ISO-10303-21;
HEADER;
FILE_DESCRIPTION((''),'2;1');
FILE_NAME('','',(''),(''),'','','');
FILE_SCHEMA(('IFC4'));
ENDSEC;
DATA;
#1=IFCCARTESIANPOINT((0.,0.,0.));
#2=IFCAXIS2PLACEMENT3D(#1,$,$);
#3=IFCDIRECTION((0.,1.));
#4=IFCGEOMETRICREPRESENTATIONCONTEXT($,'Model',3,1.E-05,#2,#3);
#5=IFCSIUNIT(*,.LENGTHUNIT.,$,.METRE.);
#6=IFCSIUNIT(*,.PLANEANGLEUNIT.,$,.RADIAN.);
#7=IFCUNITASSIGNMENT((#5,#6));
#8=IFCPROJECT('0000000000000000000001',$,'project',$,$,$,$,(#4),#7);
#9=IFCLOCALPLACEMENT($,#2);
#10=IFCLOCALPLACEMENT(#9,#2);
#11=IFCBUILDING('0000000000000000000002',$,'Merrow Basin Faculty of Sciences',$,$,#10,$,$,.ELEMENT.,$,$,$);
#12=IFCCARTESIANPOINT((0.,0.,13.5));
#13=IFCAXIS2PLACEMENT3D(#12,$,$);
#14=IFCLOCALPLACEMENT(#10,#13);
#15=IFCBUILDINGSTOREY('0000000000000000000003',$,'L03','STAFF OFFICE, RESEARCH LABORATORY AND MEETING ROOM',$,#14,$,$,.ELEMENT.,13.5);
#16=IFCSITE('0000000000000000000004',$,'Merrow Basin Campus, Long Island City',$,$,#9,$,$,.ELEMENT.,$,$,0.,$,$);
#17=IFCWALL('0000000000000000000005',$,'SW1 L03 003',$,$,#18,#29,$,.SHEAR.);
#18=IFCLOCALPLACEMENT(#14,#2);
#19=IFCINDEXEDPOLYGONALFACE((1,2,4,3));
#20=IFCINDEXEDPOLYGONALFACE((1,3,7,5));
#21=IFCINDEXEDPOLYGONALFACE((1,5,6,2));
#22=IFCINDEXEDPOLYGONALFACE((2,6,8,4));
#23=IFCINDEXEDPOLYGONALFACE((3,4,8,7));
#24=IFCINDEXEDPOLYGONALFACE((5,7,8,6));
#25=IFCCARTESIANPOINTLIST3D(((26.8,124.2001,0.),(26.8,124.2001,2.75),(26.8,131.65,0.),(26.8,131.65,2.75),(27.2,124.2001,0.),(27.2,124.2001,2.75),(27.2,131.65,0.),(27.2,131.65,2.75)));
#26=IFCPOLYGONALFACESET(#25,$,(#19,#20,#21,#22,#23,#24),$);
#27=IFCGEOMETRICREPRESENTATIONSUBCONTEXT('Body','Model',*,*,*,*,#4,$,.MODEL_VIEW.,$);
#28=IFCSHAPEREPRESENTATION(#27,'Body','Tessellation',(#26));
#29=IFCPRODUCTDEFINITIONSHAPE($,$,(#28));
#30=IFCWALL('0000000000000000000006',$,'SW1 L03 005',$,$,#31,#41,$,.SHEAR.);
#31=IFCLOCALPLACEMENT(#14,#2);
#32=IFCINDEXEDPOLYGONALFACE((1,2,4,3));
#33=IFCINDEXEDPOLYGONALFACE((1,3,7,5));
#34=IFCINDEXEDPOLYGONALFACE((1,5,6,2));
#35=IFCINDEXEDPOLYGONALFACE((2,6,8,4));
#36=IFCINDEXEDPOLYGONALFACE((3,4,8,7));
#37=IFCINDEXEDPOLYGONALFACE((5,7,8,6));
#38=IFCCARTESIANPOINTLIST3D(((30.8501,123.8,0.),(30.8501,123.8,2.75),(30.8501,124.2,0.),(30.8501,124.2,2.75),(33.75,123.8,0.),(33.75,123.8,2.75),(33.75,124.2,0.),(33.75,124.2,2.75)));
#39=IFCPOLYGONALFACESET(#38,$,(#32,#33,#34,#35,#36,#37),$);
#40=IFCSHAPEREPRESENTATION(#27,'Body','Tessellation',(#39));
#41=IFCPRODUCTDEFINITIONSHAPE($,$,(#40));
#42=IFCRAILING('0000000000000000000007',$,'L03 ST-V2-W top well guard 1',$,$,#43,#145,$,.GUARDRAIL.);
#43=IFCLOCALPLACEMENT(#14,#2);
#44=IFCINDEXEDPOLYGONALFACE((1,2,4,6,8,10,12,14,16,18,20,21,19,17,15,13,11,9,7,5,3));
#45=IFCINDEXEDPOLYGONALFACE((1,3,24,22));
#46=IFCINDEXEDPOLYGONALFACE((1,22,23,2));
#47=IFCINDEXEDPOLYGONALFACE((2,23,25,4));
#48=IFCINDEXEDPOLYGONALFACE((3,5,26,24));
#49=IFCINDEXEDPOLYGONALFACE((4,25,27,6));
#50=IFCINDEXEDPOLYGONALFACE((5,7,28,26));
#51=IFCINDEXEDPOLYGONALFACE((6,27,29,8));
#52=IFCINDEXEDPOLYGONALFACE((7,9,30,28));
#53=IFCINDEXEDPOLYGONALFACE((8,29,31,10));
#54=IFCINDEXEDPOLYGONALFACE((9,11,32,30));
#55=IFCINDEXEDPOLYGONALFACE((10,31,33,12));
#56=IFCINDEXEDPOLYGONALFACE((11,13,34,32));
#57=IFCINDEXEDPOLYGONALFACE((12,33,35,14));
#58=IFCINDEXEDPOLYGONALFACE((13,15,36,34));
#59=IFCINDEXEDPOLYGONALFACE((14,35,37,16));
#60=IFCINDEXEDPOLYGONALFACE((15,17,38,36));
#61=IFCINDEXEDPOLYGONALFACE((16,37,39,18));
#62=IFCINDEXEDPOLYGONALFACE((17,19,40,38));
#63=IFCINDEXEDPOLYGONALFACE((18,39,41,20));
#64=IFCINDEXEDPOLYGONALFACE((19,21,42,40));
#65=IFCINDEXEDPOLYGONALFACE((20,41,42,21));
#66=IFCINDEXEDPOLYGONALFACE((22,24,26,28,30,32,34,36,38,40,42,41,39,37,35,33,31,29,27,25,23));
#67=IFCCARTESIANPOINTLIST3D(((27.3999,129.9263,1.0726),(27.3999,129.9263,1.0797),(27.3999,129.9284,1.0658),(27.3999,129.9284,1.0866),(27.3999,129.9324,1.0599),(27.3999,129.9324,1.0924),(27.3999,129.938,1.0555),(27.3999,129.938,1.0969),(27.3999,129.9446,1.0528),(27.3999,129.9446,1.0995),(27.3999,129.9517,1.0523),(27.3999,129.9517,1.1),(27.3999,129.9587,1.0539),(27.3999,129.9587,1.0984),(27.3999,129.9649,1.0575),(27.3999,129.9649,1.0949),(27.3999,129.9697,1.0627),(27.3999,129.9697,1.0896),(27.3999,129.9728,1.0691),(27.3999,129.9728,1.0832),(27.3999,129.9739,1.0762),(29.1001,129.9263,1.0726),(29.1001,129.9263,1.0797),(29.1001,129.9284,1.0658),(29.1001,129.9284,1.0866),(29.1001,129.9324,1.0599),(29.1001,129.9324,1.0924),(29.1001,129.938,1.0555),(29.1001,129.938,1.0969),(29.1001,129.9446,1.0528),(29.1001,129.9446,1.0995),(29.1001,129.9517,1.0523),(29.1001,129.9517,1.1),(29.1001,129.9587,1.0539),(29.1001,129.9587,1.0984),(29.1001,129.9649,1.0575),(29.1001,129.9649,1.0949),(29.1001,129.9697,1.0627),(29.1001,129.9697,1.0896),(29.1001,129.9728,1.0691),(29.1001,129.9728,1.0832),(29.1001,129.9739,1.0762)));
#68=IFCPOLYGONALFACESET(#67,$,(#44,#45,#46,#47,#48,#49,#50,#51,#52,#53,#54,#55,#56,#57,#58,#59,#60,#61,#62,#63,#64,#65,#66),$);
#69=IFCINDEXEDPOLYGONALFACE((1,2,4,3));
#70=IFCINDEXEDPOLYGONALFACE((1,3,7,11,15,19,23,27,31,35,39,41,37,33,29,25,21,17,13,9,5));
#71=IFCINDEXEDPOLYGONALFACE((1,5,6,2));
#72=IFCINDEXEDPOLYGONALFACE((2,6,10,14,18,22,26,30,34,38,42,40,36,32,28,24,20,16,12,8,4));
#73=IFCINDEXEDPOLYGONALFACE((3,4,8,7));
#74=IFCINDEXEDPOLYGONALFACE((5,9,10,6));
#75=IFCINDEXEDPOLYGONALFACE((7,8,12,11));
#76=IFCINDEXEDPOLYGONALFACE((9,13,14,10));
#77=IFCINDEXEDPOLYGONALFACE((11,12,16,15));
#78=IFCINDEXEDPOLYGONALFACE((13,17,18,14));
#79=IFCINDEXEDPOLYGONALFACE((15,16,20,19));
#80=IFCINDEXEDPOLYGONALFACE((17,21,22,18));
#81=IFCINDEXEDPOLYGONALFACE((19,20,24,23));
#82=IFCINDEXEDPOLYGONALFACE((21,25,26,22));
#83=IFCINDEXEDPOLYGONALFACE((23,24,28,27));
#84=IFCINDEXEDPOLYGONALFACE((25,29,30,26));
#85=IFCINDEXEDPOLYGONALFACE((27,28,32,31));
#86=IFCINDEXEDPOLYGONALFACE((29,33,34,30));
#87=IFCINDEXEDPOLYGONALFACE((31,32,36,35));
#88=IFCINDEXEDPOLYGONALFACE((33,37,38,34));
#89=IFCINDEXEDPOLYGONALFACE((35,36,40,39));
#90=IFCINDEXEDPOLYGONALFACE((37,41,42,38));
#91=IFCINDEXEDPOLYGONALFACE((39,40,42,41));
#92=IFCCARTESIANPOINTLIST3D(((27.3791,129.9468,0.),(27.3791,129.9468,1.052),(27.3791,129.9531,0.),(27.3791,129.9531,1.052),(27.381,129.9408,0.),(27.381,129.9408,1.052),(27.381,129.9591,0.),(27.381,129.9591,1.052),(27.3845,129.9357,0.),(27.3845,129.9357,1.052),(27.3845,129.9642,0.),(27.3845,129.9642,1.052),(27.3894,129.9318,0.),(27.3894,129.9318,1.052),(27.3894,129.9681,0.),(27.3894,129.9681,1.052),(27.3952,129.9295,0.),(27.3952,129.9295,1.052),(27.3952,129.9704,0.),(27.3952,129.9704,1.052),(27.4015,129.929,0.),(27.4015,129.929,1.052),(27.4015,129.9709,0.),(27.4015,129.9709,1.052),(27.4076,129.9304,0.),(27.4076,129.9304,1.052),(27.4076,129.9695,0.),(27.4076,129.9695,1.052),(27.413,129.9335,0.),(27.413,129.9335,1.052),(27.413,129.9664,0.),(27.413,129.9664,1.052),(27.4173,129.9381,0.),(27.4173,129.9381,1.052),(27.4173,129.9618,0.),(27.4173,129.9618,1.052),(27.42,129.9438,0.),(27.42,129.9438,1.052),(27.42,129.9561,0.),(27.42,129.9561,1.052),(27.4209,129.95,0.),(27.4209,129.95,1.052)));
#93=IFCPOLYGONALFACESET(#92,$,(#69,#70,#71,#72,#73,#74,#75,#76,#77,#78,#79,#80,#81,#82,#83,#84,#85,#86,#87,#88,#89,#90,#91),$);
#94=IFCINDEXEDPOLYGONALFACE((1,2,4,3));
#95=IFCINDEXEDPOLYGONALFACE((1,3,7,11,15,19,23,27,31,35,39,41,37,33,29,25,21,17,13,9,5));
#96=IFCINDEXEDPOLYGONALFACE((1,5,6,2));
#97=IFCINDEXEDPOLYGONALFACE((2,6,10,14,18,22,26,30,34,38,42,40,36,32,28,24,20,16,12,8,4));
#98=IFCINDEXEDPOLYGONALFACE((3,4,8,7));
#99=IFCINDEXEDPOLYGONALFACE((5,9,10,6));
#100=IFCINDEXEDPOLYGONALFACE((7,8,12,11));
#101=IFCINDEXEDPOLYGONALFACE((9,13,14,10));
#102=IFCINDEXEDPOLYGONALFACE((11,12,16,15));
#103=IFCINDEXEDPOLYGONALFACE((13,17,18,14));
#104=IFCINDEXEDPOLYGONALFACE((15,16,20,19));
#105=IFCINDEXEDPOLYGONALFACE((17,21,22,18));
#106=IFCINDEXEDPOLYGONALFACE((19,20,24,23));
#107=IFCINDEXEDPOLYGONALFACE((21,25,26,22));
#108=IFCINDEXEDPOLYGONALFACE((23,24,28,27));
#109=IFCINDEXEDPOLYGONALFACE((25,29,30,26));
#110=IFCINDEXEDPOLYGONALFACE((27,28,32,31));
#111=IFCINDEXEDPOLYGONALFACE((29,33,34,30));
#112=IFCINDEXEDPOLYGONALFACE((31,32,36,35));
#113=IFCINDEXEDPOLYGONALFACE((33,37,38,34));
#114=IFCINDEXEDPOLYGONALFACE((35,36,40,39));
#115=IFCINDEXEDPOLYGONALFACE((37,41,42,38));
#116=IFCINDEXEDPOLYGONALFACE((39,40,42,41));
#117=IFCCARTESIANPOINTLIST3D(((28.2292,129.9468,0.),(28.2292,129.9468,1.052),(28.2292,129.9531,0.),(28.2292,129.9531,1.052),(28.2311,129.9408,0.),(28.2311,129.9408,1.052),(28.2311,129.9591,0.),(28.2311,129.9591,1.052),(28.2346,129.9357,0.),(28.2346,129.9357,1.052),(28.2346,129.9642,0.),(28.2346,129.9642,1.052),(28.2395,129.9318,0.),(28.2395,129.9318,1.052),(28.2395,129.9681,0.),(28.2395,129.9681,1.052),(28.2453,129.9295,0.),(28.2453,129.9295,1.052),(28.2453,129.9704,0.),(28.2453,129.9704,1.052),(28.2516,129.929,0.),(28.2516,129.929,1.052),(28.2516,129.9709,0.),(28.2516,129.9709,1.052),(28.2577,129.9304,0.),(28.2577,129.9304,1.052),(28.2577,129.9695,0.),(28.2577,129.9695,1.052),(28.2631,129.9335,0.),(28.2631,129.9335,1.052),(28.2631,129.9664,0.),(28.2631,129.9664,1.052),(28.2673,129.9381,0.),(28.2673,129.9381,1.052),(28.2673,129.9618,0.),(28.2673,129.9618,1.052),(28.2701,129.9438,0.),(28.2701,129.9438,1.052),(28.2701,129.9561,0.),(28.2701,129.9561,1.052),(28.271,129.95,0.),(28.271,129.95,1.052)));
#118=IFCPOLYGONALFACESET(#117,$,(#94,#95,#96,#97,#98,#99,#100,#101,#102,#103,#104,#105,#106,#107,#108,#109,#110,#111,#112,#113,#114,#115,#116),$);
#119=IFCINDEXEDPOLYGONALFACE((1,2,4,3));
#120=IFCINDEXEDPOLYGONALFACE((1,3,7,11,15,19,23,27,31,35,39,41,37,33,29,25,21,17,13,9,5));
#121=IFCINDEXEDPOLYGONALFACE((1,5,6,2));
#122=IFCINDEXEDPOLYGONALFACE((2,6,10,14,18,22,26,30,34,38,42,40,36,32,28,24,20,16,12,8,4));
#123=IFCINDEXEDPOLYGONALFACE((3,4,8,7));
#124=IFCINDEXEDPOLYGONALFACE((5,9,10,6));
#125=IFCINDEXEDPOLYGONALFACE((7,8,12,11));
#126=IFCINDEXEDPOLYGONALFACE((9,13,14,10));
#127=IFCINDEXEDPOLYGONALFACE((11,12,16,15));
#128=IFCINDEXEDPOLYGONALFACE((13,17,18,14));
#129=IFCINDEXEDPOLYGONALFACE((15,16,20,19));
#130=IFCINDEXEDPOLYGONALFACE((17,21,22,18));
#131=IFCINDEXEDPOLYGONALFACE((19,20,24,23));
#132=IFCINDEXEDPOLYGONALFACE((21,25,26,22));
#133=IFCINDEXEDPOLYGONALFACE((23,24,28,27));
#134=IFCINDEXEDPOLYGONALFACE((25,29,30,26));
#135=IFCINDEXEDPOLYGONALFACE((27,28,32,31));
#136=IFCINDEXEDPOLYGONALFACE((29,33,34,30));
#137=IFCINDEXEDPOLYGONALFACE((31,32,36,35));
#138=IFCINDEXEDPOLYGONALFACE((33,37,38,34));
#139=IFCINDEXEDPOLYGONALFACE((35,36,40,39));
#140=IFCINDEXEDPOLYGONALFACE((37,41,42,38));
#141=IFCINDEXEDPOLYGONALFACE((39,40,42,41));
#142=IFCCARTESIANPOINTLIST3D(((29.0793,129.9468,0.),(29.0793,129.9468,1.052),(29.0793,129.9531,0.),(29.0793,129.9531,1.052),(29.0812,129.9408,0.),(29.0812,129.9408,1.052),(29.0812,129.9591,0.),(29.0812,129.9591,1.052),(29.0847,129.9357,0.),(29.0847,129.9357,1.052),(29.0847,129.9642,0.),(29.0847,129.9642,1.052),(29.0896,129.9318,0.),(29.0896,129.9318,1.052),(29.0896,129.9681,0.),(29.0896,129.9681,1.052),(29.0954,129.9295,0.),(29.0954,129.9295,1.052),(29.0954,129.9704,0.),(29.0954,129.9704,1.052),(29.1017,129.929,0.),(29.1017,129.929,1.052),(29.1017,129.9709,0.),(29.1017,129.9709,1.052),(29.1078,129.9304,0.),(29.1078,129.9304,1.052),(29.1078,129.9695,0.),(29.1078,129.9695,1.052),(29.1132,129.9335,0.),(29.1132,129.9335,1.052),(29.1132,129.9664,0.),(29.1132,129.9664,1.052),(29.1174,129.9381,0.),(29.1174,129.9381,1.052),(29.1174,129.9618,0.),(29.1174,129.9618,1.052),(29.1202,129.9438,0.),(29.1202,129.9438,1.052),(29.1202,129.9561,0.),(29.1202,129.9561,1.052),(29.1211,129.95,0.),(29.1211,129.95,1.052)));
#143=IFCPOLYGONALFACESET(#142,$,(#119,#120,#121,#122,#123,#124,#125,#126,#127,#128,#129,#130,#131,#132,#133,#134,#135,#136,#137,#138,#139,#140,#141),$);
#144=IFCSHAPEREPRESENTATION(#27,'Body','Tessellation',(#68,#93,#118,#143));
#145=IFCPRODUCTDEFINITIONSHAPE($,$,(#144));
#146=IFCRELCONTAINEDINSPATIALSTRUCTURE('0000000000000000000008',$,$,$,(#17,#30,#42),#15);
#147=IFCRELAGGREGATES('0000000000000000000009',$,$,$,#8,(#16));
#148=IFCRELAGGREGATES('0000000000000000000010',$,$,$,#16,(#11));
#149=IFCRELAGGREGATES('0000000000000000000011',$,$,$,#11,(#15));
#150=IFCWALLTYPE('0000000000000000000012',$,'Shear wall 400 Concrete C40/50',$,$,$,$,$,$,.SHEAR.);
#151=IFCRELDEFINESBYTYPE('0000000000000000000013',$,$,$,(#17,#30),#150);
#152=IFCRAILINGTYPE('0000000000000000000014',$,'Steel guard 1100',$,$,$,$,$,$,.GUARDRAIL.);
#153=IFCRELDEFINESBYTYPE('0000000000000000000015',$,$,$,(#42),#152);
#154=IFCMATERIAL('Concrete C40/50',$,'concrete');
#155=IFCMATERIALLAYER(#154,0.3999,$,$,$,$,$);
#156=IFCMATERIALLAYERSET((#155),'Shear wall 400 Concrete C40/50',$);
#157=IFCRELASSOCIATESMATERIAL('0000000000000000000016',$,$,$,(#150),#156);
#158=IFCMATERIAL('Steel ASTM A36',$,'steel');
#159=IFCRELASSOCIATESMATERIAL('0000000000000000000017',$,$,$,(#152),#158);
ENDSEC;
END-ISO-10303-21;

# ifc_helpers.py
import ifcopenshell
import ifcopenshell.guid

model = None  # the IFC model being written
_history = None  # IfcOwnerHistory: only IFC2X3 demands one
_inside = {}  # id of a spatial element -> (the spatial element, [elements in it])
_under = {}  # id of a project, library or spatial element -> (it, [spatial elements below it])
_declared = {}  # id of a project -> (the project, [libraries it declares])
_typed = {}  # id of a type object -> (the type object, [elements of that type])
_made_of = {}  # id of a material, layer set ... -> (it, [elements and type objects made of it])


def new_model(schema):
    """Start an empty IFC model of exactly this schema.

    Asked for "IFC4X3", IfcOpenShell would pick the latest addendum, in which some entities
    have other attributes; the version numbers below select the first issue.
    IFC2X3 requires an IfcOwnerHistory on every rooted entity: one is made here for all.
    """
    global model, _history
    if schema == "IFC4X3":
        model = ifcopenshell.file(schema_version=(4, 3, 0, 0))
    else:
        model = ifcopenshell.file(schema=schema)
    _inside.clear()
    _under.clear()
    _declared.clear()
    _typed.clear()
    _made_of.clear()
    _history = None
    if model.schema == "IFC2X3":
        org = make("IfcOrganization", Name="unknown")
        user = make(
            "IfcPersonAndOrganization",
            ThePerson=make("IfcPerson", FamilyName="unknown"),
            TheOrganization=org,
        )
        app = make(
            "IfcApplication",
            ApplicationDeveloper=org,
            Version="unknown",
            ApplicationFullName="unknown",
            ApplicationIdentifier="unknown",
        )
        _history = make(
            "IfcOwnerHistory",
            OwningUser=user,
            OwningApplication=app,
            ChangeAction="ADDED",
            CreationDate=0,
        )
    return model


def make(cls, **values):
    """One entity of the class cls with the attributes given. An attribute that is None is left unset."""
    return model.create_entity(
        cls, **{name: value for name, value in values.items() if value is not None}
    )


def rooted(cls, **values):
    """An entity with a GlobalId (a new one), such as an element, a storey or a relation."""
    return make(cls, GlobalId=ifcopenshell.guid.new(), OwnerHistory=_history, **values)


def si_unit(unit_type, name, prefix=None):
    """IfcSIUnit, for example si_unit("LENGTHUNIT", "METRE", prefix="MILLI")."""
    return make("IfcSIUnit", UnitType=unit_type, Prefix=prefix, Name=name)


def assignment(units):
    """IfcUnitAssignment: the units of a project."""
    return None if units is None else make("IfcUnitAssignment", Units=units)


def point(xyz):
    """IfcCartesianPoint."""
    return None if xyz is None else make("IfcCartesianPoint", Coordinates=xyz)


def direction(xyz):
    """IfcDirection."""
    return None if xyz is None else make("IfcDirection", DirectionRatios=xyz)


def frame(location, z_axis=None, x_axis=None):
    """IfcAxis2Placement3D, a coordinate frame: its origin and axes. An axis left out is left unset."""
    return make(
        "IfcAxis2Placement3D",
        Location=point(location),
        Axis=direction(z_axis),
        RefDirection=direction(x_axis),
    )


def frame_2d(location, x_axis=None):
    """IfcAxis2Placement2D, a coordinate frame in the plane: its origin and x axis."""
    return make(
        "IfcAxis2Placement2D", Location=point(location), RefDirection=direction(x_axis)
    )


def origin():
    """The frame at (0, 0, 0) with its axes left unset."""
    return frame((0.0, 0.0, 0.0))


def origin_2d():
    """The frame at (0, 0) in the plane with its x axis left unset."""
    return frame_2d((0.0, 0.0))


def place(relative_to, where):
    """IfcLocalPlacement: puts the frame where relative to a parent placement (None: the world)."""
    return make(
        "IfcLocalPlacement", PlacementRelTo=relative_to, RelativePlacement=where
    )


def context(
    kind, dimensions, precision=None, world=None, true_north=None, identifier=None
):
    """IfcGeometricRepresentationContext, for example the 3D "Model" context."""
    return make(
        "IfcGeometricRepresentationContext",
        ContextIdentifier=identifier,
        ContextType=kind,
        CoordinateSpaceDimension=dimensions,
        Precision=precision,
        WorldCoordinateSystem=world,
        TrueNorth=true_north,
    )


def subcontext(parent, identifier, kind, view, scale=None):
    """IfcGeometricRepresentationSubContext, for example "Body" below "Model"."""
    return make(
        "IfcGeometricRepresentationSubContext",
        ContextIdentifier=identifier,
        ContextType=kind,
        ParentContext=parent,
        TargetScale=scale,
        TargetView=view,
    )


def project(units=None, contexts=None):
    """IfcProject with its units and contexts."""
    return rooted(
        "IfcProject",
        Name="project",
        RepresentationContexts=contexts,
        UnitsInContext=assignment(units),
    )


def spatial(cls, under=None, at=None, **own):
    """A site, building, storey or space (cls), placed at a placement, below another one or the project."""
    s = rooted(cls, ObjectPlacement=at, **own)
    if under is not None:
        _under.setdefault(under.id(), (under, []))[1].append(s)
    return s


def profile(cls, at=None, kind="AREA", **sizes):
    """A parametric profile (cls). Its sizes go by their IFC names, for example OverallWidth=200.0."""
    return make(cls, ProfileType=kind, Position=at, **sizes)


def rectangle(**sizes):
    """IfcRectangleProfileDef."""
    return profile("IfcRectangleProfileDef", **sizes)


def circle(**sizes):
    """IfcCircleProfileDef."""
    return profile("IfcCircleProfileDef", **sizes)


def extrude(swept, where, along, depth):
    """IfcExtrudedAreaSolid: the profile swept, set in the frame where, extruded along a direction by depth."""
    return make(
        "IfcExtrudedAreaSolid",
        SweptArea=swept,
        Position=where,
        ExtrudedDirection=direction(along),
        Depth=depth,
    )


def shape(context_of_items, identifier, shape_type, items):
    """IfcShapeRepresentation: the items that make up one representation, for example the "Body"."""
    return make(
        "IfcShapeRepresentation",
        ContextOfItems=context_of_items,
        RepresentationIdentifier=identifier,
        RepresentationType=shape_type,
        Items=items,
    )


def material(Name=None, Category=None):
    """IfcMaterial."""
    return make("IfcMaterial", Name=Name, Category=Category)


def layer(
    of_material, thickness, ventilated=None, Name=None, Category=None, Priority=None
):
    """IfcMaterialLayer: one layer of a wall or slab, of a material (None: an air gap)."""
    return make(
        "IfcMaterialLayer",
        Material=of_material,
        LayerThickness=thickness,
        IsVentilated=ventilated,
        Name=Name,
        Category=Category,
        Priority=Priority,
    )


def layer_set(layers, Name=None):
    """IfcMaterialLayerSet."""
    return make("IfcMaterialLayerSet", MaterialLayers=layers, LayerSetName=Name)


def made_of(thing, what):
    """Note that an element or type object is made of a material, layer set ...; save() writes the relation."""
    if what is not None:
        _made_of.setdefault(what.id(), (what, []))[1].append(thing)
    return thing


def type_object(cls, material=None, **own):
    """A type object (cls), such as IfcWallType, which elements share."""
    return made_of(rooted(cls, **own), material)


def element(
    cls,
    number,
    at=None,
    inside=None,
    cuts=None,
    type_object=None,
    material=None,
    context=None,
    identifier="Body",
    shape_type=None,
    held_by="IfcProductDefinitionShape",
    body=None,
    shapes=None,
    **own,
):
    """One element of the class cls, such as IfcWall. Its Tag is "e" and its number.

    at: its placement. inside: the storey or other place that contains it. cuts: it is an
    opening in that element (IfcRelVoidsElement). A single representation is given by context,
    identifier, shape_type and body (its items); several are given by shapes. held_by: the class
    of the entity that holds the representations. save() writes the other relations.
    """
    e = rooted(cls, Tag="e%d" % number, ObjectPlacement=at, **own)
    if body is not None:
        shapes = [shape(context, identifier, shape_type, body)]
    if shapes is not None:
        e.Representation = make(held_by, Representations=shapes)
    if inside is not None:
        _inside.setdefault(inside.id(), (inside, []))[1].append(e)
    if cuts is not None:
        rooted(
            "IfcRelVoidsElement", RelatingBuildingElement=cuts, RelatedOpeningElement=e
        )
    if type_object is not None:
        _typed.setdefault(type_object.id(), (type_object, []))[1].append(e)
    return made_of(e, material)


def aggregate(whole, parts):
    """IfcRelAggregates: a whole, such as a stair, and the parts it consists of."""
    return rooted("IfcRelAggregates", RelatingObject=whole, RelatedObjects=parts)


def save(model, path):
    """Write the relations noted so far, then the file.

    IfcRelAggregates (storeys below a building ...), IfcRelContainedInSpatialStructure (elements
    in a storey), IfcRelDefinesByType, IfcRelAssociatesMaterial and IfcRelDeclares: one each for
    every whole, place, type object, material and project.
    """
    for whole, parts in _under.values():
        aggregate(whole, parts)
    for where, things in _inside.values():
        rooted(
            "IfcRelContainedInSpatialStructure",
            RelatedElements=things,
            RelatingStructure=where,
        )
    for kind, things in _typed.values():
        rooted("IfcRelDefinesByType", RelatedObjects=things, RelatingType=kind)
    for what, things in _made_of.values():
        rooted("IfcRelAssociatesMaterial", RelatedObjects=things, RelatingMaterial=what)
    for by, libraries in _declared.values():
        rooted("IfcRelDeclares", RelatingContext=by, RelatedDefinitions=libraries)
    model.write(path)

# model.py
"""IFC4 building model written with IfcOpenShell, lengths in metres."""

from ifc_helpers import new_model, si_unit, direction, frame, frame_2d, origin, origin_2d, place, context, subcontext, project, spatial, rectangle, circle, extrude, material, layer, layer_set, type_object, element, save


model = new_model("IFC4")

# Units and contexts
model_context = context("Model", 3, precision=1e-05, world=origin(), true_north=direction((0.0, 1.0)))
body_context = subcontext(model_context, "Body", "Model", "MODEL_VIEW")
ifc_project = project(units=[si_unit("LENGTHUNIT", "METRE"), si_unit("PLANEANGLEUNIT", "RADIAN")], contexts=[model_context])

# Site, building, storey
site_placement = place(None, origin())
site = spatial("IfcSite", under=ifc_project, at=site_placement, Name="Merrow Basin Campus, Long Island City", CompositionType="ELEMENT", RefElevation=0.0)
building_placement = place(site_placement, origin())
building = spatial("IfcBuilding", under=site, at=building_placement, Name="Merrow Basin Faculty of Sciences", CompositionType="ELEMENT")
storey_placement = place(building_placement, frame((0.0, 0.0, 13.5)))
storey = spatial("IfcBuildingStorey", under=building, at=storey_placement, Name="L03", Description="STAFF OFFICE, RESEARCH LABORATORY AND MEETING ROOM", CompositionType="ELEMENT", Elevation=13.5)

# Walls
ifc_material_1 = material(Name="Concrete C40/50", Category="concrete")
ifc_layer_1 = layer(ifc_material_1, 0.3999)
ifc_layer_set_1 = layer_set([ifc_layer_1], Name="Shear wall 400 Concrete C40/50")
wall_type_1 = type_object("IfcWallType", Name="Shear wall 400 Concrete C40/50", PredefinedType="SHEAR", material=ifc_layer_set_1)
wall_1_placement = place(storey_placement, frame((27.0, 124.2, 0.0), z_axis=(0.0, 0.0, 1.0), x_axis=(0.0, 1.0, 0.0)))
element("IfcWall", 1, at=wall_1_placement, inside=storey, type_object=wall_type_1, Name="SW1 L03 003", PredefinedType="SHEAR", context=body_context, shape_type="SweptSolid", body=[
    extrude(rectangle(XDim=7.45, YDim=0.3999, at=frame_2d((3.7251, 0.0))), origin(), (0.0, 0.0, 1.0), 2.75),
])
wall_2_placement = place(storey_placement, frame((30.8501, 124.0, 0.0), z_axis=(0.0, 0.0, 1.0), x_axis=(1.0, 0.0, 0.0)))
element("IfcWall", 2, at=wall_2_placement, inside=storey, type_object=wall_type_1, Name="SW1 L03 005", PredefinedType="SHEAR", context=body_context, shape_type="SweptSolid", body=[
    extrude(rectangle(XDim=2.8999, YDim=0.3999, at=frame_2d((1.45, 0.0))), origin(), (0.0, 0.0, 1.0), 2.75),
])

# Railing
ifc_material_2 = material(Name="Steel ASTM A36", Category="steel")
railing_type_1 = type_object("IfcRailingType", Name="Steel guard 1100", PredefinedType="GUARDRAIL", material=ifc_material_2)
railing_1_placement = place(storey_placement, frame((27.3999, 129.95, 0.0)))
element("IfcRailing", 3, at=railing_1_placement, inside=storey, type_object=railing_type_1, Name="L03 ST-V2-W top well guard 1", PredefinedType="GUARDRAIL", context=body_context, shape_type="SweptSolid", body=[
    extrude(circle(Radius=0.0239, at=origin_2d()), frame((0.0, 0.0, 1.0762), z_axis=(1.0, 0.0, 0.0), x_axis=(0.0, 1.0, 0.0)), (0.0, 0.0, 1.0), 1.7002),
    extrude(circle(Radius=0.021, at=origin_2d()), origin(), (0.0, 0.0, 1.0), 1.052),
    extrude(circle(Radius=0.021, at=origin_2d()), frame((0.8501, 0.0, 0.0)), (0.0, 0.0, 1.0), 1.052),
    extrude(circle(Radius=0.021, at=origin_2d()), frame((1.7002, 0.0, 0.0)), (0.0, 0.0, 1.0), 1.052),
])

save(model, "model.ifc")
